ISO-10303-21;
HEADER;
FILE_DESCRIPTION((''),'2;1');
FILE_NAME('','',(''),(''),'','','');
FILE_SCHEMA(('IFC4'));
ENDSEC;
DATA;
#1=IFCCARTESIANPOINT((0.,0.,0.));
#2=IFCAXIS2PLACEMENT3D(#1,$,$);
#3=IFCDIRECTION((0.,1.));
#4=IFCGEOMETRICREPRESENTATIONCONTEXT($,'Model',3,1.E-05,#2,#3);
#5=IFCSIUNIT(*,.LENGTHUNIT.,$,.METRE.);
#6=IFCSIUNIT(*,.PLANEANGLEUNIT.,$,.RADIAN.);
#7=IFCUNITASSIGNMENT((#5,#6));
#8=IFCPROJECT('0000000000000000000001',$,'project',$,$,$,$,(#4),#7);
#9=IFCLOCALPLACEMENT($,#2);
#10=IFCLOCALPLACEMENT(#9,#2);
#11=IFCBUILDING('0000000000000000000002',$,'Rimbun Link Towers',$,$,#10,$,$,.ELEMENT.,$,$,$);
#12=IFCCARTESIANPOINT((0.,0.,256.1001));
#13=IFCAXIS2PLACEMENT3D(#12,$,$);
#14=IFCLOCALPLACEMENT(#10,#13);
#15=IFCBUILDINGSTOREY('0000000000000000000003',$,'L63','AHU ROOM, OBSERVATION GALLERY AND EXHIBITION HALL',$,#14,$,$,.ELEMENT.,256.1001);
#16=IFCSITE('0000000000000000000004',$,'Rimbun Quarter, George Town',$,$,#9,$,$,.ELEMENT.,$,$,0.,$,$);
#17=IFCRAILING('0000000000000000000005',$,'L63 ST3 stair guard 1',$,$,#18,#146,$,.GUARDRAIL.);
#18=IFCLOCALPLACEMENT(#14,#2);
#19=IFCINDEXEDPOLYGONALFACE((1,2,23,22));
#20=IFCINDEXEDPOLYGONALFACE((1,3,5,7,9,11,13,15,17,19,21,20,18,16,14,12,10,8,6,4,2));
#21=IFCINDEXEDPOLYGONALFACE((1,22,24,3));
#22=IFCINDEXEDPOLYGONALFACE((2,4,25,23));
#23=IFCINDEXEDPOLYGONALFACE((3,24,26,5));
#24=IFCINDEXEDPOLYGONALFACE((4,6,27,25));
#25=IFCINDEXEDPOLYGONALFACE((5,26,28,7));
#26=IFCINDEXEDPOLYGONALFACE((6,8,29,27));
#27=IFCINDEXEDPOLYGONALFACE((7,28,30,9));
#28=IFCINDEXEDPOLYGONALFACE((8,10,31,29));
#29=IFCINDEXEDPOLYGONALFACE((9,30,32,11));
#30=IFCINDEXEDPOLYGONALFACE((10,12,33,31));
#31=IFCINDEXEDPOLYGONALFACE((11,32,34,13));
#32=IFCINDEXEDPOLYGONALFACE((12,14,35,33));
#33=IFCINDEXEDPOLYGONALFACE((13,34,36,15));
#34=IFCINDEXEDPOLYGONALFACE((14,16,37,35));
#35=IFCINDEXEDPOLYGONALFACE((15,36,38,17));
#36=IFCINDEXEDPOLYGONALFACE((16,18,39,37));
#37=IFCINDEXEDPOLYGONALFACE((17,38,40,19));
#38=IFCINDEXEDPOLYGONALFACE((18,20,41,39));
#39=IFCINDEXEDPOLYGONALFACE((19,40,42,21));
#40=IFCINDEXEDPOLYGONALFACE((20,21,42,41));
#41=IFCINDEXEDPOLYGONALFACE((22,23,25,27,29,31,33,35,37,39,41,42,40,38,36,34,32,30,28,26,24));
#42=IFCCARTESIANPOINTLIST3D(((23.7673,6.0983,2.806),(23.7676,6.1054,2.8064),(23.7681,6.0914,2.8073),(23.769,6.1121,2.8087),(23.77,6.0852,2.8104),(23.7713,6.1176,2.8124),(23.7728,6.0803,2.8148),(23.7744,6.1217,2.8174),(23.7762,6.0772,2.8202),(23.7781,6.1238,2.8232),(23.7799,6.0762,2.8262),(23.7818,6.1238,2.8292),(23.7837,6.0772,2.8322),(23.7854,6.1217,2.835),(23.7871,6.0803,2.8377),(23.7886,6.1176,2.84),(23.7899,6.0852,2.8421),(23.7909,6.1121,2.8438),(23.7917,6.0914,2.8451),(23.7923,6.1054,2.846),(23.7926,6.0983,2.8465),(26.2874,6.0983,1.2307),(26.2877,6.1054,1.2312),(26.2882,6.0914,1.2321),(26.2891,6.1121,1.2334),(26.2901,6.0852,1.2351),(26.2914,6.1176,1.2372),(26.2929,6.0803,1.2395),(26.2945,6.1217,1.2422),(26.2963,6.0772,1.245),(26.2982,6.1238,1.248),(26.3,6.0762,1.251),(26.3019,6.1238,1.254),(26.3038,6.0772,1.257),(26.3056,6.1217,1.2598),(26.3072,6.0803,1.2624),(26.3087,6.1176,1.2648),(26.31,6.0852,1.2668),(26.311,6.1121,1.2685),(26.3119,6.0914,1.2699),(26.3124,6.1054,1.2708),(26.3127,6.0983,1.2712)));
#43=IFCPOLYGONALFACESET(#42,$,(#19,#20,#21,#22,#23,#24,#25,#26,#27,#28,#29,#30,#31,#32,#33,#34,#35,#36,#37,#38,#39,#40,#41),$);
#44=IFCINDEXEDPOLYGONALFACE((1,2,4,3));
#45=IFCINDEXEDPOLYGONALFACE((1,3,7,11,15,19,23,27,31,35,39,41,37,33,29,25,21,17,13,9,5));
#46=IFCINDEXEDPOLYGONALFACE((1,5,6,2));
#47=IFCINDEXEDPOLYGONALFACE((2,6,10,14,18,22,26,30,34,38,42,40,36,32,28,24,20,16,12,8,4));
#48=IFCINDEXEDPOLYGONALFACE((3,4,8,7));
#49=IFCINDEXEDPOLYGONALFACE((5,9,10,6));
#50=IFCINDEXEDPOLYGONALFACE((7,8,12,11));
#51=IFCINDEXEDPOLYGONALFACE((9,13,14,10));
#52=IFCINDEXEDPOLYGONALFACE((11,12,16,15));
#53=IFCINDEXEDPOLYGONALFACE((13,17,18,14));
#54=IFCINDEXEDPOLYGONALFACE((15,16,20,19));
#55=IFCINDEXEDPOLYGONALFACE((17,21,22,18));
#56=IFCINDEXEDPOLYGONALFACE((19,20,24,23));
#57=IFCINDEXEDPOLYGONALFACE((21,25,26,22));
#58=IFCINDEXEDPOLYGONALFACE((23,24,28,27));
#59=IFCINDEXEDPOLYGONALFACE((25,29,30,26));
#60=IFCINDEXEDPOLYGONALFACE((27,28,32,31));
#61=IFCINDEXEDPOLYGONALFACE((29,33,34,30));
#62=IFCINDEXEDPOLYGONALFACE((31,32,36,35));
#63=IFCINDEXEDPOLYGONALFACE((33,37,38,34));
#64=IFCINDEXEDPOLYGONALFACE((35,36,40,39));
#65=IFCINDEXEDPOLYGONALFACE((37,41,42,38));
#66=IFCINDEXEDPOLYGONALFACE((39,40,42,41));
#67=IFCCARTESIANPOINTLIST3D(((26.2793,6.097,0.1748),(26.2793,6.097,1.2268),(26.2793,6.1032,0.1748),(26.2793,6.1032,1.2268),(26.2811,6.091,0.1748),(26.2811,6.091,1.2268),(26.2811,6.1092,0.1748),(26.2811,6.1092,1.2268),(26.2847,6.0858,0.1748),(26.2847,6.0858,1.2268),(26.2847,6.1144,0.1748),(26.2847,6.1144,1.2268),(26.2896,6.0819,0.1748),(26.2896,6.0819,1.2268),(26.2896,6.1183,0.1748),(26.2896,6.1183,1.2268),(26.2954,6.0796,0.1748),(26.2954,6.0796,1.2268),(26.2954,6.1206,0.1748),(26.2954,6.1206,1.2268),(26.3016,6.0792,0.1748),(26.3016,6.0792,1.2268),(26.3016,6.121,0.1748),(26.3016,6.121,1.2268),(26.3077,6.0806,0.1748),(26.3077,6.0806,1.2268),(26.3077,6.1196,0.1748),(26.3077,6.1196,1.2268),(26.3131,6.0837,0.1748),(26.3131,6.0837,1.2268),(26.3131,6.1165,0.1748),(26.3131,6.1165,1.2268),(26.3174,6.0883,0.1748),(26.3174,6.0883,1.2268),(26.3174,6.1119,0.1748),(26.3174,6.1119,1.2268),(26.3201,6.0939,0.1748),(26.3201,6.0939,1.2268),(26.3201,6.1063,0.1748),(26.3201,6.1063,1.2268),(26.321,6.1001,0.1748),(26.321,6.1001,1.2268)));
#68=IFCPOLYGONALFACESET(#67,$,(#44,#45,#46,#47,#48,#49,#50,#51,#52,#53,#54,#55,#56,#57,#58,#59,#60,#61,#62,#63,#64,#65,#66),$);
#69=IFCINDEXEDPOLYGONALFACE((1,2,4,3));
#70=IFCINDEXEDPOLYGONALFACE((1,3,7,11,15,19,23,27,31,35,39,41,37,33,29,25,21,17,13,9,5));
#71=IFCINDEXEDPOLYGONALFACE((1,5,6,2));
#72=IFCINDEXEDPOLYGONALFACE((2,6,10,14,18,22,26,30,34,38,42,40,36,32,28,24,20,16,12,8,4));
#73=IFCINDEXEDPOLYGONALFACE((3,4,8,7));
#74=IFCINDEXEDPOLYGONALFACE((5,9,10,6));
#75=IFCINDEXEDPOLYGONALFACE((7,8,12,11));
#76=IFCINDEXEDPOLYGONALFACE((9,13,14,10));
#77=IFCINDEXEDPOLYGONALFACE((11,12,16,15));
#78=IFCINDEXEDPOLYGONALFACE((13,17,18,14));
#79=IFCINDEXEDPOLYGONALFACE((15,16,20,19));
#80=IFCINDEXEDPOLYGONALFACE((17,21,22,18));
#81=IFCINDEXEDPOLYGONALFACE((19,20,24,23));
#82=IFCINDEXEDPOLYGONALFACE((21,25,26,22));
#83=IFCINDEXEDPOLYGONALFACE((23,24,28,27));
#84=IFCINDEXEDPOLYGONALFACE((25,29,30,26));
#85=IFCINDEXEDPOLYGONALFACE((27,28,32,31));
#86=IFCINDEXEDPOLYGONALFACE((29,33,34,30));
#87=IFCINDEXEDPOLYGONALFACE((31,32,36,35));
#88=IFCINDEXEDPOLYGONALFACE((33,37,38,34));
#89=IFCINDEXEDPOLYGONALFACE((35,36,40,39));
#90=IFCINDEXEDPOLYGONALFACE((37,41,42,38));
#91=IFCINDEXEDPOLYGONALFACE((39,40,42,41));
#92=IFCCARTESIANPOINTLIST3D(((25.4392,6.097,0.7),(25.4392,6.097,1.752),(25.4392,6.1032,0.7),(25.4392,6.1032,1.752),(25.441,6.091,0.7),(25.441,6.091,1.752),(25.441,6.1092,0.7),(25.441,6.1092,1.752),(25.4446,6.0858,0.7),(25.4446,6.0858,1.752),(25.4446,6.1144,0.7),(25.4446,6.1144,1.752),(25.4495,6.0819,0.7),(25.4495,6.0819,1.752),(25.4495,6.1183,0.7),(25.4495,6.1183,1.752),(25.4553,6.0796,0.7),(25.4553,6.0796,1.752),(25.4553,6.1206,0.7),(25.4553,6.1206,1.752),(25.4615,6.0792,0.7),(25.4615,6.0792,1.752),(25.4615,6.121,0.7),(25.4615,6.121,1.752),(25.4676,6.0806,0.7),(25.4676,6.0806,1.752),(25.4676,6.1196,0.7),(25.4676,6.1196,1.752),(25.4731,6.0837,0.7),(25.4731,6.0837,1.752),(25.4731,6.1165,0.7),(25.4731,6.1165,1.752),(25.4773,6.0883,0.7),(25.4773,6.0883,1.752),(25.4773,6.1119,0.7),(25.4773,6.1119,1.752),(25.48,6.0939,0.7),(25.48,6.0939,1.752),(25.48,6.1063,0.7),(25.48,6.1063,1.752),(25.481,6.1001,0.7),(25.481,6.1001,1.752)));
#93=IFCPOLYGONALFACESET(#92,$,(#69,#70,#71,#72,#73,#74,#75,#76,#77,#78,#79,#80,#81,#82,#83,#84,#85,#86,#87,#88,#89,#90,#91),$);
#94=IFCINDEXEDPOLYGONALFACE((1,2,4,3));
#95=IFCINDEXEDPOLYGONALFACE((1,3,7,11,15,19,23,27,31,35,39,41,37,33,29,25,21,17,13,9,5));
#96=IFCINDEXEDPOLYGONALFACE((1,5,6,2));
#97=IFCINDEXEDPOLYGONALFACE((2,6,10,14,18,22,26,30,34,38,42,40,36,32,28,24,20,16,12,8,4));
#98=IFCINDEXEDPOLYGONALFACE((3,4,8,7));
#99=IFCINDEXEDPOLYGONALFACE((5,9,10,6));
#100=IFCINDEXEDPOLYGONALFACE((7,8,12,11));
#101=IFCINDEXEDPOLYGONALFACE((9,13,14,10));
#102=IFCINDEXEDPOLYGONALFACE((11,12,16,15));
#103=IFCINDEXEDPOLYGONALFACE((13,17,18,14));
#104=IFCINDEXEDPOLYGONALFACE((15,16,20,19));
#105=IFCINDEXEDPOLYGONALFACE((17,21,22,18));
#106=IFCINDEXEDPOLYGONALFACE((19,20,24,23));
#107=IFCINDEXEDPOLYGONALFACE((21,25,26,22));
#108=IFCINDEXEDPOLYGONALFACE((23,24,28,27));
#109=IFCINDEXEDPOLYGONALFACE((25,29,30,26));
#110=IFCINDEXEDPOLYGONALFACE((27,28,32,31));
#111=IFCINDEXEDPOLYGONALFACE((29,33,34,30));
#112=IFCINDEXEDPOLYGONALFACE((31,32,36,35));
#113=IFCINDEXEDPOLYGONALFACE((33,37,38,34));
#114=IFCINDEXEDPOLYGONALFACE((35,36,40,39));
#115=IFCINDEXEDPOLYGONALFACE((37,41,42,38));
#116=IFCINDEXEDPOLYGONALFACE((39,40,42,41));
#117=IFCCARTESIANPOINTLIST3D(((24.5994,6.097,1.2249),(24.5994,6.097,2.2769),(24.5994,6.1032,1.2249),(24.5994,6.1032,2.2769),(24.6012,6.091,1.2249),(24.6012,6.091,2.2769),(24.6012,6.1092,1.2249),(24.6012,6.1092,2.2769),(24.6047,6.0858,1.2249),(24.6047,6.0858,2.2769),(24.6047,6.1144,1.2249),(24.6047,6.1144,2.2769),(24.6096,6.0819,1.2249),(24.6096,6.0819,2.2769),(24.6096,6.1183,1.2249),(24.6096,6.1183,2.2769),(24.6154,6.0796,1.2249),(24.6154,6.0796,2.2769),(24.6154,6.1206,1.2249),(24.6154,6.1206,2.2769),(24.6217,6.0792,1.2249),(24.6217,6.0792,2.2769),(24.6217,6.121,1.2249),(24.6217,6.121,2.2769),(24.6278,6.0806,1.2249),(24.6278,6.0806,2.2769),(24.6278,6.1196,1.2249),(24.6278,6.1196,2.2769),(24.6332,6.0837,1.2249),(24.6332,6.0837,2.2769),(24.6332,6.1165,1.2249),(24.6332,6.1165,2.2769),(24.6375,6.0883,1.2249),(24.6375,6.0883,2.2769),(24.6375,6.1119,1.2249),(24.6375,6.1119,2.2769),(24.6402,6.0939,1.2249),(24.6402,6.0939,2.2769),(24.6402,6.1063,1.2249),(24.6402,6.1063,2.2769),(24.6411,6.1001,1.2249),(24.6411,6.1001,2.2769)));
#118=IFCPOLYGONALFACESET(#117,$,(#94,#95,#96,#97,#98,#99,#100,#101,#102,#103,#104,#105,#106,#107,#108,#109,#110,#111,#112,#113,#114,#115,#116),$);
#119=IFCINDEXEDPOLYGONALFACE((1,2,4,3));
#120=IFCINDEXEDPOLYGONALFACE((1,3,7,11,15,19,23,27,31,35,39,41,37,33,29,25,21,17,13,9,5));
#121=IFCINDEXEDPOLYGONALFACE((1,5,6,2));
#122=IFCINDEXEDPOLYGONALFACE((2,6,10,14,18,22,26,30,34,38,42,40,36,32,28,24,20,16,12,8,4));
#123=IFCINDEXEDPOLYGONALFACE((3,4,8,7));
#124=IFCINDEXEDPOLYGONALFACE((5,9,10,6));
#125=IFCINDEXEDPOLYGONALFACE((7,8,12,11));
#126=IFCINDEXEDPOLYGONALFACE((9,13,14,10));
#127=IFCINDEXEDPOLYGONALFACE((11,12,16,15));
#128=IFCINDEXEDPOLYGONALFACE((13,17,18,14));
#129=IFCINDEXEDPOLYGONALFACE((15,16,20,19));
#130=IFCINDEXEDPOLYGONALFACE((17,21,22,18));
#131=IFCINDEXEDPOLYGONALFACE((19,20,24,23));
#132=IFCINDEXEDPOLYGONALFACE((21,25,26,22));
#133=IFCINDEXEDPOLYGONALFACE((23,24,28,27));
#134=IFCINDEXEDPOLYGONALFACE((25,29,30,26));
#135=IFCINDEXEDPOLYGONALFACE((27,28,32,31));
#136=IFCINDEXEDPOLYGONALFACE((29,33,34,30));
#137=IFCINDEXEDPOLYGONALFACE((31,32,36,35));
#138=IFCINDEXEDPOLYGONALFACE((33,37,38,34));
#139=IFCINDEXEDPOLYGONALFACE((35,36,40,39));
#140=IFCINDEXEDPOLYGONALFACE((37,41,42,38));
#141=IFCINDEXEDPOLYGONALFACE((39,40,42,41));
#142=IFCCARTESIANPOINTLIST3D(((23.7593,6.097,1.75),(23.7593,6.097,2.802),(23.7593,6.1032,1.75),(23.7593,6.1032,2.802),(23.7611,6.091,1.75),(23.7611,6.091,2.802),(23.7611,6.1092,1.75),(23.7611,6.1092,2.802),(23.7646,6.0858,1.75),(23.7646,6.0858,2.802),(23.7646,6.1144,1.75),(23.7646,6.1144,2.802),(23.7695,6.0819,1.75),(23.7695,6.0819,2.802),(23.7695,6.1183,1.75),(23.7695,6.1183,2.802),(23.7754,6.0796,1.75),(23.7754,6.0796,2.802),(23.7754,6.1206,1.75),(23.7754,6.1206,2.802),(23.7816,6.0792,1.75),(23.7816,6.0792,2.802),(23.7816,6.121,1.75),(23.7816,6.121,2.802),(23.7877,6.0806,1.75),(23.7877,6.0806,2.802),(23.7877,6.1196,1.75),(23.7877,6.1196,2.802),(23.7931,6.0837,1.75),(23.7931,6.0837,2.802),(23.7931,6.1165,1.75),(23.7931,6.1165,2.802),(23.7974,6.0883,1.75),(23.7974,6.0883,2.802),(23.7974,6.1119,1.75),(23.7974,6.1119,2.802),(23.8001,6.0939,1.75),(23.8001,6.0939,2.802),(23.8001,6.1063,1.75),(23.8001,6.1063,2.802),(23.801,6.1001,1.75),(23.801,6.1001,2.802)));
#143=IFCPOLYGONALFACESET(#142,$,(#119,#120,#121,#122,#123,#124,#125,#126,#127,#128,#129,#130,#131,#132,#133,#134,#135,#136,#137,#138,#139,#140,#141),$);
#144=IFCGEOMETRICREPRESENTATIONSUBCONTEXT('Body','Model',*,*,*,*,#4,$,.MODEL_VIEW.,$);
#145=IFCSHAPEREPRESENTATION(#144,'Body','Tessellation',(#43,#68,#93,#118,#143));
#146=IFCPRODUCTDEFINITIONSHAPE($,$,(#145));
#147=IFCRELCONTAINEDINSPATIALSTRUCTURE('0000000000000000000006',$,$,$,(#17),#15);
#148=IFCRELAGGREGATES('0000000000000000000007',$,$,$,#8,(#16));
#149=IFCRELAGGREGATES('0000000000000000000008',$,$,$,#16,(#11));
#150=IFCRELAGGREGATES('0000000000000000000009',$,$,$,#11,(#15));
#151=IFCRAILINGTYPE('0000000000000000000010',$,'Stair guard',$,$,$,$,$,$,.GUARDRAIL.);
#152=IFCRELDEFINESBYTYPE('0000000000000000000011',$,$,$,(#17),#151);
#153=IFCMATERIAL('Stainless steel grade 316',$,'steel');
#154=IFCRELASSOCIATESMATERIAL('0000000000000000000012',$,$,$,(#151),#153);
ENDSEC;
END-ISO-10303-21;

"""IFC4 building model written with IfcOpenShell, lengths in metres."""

from ifc_helpers import new_model, si_unit, direction, frame, origin, origin_2d, place, context, subcontext, project, spatial, circle, extrude, material, type_object, element, save


model = new_model("IFC4")

# Units and contexts
model_context = context("Model", 3, precision=1e-05, world=origin(), true_north=direction((0.0, 1.0)))
body_context = subcontext(model_context, "Body", "Model", "MODEL_VIEW")
ifc_project = project(units=[si_unit("LENGTHUNIT", "METRE"), si_unit("PLANEANGLEUNIT", "RADIAN")], contexts=[model_context])

# Site, building, storey
site_placement = place(None, origin())
site = spatial("IfcSite", under=ifc_project, at=site_placement, Name="Rimbun Quarter, George Town", CompositionType="ELEMENT", RefElevation=0.0)
building_placement = place(site_placement, origin())
building = spatial("IfcBuilding", under=site, at=building_placement, Name="Rimbun Link Towers", CompositionType="ELEMENT")
storey_placement = place(building_placement, frame((0.0, 0.0, 256.1001)))
storey = spatial("IfcBuildingStorey", under=building, at=storey_placement, Name="L63", Description="AHU ROOM, OBSERVATION GALLERY AND EXHIBITION HALL", CompositionType="ELEMENT", Elevation=256.1001)

# Railing
ifc_material_1 = material(Name="Stainless steel grade 316", Category="steel")
railing_type_1 = type_object("IfcRailingType", Name="Stair guard", PredefinedType="GUARDRAIL", material=ifc_material_1)
railing_1_placement = place(storey_placement, frame((26.3, 6.1001, 0.1748)))
element("IfcRailing", 1, at=railing_1_placement, inside=storey, type_object=railing_type_1, Name="L63 ST3 stair guard 1", PredefinedType="GUARDRAIL", context=body_context, shape_type="SweptSolid", body=[
    extrude(circle(Radius=0.0239, at=origin_2d()), frame((0.0, 0.0, 1.0762), z_axis=(-0.847971, 0.0, 0.530043), x_axis=(0.0, -1.0, 0.0)), (0.0, 0.0, 1.0), 2.9719),
    extrude(circle(Radius=0.021, at=origin_2d()), origin(), (0.0, 0.0, 1.0), 1.052),
    extrude(circle(Radius=0.021, at=origin_2d()), frame((-0.8401, 0.0, 0.5251)), (0.0, 0.0, 1.0), 1.052),
    extrude(circle(Radius=0.021, at=origin_2d()), frame((-1.6799, 0.0, 1.05)), (0.0, 0.0, 1.0), 1.052),
    extrude(circle(Radius=0.021, at=origin_2d()), frame((-2.52, 0.0, 1.5752)), (0.0, 0.0, 1.0), 1.052),
])

save(model, "model.ifc")
